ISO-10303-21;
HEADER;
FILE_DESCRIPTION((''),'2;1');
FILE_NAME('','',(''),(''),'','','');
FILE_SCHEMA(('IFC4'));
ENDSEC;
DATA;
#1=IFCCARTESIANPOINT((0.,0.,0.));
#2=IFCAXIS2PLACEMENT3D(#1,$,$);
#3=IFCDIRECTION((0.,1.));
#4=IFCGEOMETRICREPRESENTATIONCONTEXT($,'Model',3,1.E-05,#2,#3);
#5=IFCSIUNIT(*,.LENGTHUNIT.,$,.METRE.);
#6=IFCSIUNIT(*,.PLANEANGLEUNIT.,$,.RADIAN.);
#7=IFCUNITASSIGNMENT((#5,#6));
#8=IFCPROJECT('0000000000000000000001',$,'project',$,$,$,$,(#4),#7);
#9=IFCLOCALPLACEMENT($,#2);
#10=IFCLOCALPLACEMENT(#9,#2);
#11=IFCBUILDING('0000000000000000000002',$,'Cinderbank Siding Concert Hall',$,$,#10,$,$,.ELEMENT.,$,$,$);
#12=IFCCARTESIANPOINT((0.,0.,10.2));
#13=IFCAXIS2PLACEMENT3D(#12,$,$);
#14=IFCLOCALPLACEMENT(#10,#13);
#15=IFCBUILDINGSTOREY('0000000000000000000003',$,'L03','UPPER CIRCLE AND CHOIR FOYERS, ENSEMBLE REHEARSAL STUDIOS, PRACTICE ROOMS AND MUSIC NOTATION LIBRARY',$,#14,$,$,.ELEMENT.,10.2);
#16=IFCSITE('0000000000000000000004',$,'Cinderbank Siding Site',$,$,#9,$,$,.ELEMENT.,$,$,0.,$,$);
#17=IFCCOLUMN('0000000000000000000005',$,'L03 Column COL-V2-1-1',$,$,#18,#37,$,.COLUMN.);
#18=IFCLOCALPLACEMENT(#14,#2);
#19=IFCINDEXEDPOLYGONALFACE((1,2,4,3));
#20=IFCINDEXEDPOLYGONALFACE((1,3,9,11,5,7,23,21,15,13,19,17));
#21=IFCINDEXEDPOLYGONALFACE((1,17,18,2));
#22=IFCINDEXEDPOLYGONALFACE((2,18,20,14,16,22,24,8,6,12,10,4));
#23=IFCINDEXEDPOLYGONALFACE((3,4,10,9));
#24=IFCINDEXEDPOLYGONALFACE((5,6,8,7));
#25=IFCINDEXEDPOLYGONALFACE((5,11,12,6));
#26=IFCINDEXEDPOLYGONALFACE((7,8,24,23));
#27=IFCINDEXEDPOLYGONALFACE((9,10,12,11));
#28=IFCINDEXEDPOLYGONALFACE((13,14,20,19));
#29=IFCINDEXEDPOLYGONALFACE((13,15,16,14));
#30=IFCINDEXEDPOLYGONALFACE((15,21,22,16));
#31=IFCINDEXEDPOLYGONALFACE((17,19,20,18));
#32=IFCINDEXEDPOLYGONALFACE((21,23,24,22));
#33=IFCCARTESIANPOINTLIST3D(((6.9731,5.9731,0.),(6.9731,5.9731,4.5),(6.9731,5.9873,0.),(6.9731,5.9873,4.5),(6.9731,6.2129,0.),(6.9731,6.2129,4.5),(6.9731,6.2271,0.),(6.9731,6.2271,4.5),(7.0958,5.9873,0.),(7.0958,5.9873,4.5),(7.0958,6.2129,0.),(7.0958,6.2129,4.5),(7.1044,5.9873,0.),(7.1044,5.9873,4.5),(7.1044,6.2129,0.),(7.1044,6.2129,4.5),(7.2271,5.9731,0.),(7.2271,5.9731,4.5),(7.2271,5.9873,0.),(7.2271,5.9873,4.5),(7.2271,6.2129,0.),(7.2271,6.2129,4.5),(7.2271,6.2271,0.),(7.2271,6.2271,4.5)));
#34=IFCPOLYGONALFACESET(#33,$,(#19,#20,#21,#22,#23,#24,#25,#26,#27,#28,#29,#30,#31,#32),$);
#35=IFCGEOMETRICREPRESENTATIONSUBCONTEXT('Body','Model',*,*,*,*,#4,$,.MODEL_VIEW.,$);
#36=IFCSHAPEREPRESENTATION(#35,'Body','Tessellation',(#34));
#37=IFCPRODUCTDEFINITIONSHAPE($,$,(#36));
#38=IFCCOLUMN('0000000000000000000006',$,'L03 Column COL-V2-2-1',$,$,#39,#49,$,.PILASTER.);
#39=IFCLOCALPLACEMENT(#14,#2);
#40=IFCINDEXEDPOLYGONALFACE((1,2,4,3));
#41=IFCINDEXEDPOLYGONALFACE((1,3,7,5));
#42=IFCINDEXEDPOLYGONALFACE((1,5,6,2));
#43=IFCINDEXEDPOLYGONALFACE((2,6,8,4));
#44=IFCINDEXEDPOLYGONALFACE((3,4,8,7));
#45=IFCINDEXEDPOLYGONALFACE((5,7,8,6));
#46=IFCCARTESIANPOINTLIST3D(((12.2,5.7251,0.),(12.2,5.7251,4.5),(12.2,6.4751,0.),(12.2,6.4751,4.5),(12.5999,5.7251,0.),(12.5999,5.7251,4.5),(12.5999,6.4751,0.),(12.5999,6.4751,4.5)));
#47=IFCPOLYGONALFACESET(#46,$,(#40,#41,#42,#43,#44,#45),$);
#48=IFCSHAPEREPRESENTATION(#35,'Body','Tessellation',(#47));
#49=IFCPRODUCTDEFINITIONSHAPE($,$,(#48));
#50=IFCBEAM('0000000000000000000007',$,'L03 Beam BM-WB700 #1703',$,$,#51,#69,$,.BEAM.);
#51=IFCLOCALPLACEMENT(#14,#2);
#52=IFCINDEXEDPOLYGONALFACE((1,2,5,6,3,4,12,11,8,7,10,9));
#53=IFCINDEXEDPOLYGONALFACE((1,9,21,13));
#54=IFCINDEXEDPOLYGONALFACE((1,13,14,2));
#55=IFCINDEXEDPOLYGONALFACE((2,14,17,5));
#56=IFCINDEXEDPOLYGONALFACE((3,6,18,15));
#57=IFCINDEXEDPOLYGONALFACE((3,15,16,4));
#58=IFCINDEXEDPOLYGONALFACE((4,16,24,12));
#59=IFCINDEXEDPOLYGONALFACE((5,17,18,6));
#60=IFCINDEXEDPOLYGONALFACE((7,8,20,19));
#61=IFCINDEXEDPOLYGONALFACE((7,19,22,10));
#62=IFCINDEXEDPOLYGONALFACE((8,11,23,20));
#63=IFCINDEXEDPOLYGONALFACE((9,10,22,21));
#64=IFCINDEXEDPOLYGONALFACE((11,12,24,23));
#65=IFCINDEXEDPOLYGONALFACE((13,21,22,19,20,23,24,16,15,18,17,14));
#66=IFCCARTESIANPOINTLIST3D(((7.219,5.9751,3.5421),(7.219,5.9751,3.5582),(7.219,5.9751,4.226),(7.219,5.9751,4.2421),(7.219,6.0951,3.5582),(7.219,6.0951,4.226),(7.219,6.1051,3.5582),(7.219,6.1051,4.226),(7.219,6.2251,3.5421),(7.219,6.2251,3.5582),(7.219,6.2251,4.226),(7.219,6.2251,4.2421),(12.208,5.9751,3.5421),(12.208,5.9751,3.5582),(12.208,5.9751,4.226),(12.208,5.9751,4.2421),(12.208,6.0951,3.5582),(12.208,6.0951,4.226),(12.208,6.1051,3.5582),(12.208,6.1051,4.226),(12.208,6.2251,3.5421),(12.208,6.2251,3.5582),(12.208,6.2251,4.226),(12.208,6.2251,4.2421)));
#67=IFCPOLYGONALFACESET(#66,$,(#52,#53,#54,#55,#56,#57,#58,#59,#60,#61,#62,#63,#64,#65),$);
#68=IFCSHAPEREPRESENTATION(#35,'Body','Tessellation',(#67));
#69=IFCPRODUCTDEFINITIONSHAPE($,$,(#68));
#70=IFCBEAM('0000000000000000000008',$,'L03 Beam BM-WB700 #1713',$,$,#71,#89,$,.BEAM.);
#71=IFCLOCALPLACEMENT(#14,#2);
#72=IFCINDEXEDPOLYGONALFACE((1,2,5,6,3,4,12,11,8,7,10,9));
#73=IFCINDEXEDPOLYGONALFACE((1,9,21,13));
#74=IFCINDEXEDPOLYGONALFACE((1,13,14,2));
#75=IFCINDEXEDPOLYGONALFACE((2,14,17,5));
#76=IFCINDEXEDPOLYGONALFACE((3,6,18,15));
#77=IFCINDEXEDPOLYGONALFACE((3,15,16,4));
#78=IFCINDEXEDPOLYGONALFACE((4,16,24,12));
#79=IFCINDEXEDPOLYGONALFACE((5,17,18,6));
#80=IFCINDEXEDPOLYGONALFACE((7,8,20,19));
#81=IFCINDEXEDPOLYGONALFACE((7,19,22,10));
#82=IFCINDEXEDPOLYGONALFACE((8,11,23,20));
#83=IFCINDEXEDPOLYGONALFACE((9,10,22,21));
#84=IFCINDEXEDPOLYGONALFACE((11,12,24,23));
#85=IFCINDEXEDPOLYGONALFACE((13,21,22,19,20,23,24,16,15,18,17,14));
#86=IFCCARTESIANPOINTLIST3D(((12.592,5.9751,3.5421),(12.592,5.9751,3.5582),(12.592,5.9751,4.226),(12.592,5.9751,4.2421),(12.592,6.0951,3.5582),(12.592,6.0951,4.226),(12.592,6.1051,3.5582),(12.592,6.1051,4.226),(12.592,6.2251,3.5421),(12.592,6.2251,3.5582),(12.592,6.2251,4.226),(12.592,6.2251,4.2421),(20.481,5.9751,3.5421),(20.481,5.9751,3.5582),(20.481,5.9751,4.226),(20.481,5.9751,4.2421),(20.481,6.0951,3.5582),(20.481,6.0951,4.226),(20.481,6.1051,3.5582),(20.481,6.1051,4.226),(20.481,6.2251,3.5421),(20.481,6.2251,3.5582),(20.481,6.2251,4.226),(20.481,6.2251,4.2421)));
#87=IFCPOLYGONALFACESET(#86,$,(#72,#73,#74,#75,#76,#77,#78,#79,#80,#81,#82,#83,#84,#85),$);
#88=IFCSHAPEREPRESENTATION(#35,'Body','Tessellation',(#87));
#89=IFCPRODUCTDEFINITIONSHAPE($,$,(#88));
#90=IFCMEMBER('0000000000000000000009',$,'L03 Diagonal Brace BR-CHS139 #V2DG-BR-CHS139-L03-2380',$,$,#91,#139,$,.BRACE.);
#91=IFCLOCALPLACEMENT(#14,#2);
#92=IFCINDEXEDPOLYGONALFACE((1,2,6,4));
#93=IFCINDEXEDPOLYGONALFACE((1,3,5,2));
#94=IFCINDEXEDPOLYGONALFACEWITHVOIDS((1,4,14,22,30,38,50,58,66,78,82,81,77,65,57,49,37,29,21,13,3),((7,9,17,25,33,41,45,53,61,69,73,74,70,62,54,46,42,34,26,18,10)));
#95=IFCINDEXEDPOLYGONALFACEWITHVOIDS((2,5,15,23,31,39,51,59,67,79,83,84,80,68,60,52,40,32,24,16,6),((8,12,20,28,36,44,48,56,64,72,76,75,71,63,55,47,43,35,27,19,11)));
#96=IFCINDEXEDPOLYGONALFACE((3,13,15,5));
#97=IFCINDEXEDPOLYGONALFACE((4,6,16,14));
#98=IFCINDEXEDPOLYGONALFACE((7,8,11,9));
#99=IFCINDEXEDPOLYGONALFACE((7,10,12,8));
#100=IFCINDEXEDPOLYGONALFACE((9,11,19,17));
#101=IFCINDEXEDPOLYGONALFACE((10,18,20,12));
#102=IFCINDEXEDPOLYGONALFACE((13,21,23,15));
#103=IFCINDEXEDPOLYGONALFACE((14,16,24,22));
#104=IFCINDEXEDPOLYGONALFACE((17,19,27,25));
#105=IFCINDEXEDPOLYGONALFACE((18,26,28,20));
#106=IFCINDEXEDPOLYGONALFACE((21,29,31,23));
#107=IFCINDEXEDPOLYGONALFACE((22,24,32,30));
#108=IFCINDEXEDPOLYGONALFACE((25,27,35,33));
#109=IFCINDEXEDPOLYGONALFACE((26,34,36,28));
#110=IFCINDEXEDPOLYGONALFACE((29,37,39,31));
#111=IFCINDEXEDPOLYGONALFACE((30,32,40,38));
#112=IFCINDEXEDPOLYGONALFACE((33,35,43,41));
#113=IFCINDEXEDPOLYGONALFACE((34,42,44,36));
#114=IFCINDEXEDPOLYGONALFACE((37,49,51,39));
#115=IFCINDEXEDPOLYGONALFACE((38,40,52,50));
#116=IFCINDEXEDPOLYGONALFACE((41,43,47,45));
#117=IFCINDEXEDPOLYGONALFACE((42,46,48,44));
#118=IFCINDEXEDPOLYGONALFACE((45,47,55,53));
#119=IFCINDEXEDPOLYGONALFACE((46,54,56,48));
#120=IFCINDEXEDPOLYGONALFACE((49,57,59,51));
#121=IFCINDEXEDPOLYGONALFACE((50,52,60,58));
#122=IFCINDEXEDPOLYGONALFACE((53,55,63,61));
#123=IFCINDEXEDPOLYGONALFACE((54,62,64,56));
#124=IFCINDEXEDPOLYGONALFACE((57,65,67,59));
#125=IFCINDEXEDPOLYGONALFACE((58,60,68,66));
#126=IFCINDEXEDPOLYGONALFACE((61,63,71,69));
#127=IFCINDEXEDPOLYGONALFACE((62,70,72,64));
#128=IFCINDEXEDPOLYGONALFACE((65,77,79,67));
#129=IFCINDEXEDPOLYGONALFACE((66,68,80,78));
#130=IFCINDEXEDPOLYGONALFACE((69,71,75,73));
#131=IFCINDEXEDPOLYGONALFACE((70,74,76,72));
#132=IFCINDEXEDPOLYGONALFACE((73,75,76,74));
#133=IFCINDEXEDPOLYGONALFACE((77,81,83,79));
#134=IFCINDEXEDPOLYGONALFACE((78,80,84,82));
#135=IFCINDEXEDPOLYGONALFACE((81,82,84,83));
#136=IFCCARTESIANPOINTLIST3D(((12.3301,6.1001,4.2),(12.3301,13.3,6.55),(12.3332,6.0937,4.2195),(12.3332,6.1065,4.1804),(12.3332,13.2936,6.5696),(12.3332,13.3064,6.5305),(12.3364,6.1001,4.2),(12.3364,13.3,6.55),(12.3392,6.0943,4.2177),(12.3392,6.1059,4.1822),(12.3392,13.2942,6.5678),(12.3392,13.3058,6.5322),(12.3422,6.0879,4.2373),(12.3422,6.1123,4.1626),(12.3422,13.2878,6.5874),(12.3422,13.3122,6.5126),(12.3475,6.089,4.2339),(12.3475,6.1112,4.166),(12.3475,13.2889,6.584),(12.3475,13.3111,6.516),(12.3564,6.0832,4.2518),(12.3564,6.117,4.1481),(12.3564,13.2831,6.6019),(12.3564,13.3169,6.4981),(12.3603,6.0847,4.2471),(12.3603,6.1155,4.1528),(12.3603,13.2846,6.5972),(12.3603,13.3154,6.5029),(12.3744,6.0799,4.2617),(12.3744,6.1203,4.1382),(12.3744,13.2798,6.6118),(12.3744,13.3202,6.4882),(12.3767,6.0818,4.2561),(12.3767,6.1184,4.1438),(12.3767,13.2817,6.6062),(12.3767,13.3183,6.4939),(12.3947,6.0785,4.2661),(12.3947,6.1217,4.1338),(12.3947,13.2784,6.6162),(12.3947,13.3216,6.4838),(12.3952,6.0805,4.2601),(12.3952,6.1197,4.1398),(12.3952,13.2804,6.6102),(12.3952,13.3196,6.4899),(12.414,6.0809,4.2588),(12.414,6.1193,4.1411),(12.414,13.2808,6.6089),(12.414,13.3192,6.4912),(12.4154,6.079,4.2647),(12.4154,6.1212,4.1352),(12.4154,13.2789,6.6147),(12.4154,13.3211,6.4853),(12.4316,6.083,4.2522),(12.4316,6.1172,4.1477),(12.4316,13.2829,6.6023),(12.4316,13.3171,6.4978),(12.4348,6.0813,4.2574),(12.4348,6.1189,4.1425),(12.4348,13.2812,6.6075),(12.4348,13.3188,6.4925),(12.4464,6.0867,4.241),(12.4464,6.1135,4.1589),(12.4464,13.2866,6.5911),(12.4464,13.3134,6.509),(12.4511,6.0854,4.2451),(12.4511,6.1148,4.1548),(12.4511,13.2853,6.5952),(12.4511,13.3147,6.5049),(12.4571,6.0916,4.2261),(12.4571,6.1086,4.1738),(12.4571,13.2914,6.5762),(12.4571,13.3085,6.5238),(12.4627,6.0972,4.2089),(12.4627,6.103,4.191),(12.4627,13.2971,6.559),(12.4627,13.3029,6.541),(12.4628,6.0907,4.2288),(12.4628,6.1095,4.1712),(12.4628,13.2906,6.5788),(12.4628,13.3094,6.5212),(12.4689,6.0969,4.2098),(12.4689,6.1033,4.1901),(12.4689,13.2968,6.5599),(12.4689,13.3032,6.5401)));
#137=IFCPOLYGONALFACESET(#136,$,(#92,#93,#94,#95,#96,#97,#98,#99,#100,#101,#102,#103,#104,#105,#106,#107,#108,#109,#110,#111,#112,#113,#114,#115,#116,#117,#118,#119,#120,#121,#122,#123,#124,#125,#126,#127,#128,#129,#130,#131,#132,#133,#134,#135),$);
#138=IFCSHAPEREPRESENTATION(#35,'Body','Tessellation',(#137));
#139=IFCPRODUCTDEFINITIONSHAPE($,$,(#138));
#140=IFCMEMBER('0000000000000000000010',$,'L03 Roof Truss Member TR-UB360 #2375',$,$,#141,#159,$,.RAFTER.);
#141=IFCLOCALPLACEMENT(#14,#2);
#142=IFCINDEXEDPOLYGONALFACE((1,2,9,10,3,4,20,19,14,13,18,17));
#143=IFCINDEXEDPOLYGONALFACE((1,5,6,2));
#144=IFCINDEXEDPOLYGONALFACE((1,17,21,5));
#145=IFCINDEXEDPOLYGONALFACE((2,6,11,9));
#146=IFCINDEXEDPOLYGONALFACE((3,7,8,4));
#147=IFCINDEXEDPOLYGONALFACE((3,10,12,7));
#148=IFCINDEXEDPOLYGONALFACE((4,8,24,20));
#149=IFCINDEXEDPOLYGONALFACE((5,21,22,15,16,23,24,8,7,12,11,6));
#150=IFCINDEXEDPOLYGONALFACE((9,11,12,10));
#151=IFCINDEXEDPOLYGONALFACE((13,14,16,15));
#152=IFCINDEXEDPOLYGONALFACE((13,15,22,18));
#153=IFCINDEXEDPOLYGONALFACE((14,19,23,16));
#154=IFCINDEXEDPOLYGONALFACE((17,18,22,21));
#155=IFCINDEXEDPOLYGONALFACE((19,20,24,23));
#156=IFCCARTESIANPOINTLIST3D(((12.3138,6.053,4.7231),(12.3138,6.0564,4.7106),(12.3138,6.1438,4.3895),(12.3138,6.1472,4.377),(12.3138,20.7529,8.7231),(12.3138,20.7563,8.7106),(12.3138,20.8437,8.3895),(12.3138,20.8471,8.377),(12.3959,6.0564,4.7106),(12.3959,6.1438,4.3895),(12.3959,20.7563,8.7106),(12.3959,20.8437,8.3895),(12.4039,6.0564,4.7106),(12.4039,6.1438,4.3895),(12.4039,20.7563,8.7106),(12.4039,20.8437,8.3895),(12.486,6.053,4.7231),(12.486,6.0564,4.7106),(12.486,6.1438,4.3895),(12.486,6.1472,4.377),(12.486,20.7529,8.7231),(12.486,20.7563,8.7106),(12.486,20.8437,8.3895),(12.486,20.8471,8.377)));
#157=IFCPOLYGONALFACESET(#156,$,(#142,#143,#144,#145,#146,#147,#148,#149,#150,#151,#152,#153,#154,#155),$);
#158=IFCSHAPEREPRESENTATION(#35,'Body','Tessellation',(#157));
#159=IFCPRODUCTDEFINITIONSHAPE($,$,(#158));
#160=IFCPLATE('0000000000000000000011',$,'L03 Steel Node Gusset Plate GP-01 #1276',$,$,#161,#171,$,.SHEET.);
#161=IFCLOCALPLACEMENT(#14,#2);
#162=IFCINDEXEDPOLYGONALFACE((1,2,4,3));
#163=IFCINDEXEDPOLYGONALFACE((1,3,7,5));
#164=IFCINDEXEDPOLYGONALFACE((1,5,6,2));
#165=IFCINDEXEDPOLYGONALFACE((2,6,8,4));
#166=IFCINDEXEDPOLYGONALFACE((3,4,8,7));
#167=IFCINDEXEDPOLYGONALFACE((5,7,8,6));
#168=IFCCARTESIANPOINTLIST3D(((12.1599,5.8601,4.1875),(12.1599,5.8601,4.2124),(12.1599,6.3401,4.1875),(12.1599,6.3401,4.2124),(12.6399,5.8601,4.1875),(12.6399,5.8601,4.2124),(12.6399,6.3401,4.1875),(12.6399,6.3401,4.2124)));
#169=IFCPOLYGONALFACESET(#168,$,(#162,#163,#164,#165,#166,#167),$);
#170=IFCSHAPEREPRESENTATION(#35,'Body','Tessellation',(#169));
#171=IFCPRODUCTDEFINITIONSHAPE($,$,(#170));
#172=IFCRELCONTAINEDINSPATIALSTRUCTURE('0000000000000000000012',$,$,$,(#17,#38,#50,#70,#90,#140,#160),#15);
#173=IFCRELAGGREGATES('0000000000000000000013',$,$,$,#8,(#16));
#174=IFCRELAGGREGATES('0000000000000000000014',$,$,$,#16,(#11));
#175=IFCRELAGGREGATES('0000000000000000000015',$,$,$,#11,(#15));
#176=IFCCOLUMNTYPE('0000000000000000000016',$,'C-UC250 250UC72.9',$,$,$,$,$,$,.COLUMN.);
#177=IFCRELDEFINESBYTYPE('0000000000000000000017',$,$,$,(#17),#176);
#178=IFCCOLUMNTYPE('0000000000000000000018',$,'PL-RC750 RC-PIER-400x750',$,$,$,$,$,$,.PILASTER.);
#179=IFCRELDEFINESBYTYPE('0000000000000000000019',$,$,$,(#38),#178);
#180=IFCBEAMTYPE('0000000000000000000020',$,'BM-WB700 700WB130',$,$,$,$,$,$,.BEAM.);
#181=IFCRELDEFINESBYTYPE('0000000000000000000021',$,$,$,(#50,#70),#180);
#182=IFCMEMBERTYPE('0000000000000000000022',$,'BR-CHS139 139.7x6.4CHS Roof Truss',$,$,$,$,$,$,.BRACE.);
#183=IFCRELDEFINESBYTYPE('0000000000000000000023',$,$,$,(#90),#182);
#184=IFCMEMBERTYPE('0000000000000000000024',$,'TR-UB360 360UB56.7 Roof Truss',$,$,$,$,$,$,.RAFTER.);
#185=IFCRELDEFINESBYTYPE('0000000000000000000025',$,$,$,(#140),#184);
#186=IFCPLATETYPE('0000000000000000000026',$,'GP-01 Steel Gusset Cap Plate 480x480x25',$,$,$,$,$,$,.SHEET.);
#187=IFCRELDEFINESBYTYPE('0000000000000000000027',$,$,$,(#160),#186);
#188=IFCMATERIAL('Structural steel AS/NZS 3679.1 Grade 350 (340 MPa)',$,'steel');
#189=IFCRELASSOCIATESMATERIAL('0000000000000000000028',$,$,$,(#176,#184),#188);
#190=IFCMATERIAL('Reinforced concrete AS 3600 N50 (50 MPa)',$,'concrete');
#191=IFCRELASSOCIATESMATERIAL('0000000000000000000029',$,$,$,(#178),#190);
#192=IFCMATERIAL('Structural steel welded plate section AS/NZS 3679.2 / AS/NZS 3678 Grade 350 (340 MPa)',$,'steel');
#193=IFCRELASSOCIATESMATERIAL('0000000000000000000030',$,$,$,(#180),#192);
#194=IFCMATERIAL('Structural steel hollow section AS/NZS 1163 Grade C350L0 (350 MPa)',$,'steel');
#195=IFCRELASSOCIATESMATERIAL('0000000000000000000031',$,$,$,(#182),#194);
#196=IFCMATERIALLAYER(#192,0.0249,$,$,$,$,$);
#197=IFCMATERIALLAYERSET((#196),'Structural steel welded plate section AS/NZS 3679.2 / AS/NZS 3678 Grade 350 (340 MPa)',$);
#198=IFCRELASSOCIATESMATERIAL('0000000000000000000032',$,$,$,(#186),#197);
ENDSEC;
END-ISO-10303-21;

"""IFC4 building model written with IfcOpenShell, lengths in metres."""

from ifc_helpers import new_model, si_unit, direction, frame, origin, origin_2d, place, context, subcontext, project, spatial, rectangle, hollow_circle, i_section, extrude, material, layer, layer_set, material_profile, profile_set, type_object, element, save


model = new_model("IFC4")

# Units and contexts
model_context = context("Model", 3, precision=1e-05, world=origin(), true_north=direction((0.0, 1.0)))
body_context = subcontext(model_context, "Body", "Model", "MODEL_VIEW")
ifc_project = project(units=[si_unit("LENGTHUNIT", "METRE"), si_unit("PLANEANGLEUNIT", "RADIAN")], contexts=[model_context])

# Site, building, storey
site_placement = place(None, origin())
site = spatial("IfcSite", under=ifc_project, at=site_placement, Name="Cinderbank Siding Site", CompositionType="ELEMENT", RefElevation=0.0)
building_placement = place(site_placement, origin())
building = spatial("IfcBuilding", under=site, at=building_placement, Name="Cinderbank Siding Concert Hall", CompositionType="ELEMENT")
storey_placement = place(building_placement, frame((0.0, 0.0, 10.2)))
storey = spatial("IfcBuildingStorey", under=building, at=storey_placement, Name="L03", Description="UPPER CIRCLE AND CHOIR FOYERS, ENSEMBLE REHEARSAL STUDIOS, PRACTICE ROOMS AND MUSIC NOTATION LIBRARY", CompositionType="ELEMENT", Elevation=10.2)

# Columns
ifc_material_1 = material(Name="Structural steel AS/NZS 3679.1 Grade 350 (340 MPa)", Category="steel")
ifc_material_profile_1 = material_profile(ifc_material_1, i_section(OverallWidth=0.2539, OverallDepth=0.2539, WebThickness=0.0085, FlangeThickness=0.0142, at=origin_2d()), Name="250UC72.9", Category="LoadBearing")
ifc_profile_set_1 = profile_set([ifc_material_profile_1], Name="Structural steel AS/NZS 3679.1 Grade 350 (340 MPa)")
column_type_1 = type_object("IfcColumnType", Name="C-UC250 250UC72.9", PredefinedType="COLUMN", material=ifc_profile_set_1)
column_1_placement = place(storey_placement, frame((7.1001, 6.1001, 0.0), z_axis=(0.0, 0.0, 1.0), x_axis=(1.0, 0.0, 0.0)))
element("IfcColumn", 1, at=column_1_placement, inside=storey, type_object=column_type_1, Name="L03 Column COL-V2-1-1", PredefinedType="COLUMN", context=body_context, shape_type="SweptSolid", body=[
    extrude(i_section(OverallWidth=0.2539, OverallDepth=0.2539, WebThickness=0.0085, FlangeThickness=0.0142, at=origin_2d()), origin(), (0.0, 0.0, 1.0), 4.5),
])
ifc_material_2 = material(Name="Reinforced concrete AS 3600 N50 (50 MPa)", Category="concrete")
ifc_material_profile_2 = material_profile(ifc_material_2, rectangle(XDim=0.3999, YDim=0.75, at=origin_2d()), Name="RC-PIER-400x750", Category="LoadBearing")
ifc_profile_set_2 = profile_set([ifc_material_profile_2], Name="Reinforced concrete AS 3600 N50 (50 MPa)")
column_type_2 = type_object("IfcColumnType", Name="PL-RC750 RC-PIER-400x750", PredefinedType="PILASTER", material=ifc_profile_set_2)
column_2_placement = place(storey_placement, frame((12.3999, 6.1001, 0.0), z_axis=(0.0, 0.0, 1.0), x_axis=(1.0, 0.0, 0.0)))
element("IfcColumn", 2, at=column_2_placement, inside=storey, type_object=column_type_2, Name="L03 Column COL-V2-2-1", PredefinedType="PILASTER", context=body_context, shape_type="SweptSolid", body=[
    extrude(rectangle(XDim=0.3999, YDim=0.75, at=origin_2d()), origin(), (0.0, 0.0, 1.0), 4.5),
])

# Beams
ifc_material_3 = material(Name="Structural steel welded plate section AS/NZS 3679.2 / AS/NZS 3678 Grade 350 (340 MPa)", Category="steel")
ifc_material_profile_3 = material_profile(ifc_material_3, i_section(OverallWidth=0.25, OverallDepth=0.7, WebThickness=0.01, FlangeThickness=0.0161, at=origin_2d()), Name="700WB130", Category="LoadBearing")
ifc_profile_set_3 = profile_set([ifc_material_profile_3], Name="Structural steel welded plate section AS/NZS 3679.2 / AS/NZS 3678 Grade 350 (340 MPa)")
beam_type = type_object("IfcBeamType", Name="BM-WB700 700WB130", PredefinedType="BEAM", material=ifc_profile_set_3)
beam_1_placement = place(storey_placement, frame((7.219, 6.1001, 3.8921), z_axis=(1.0, 0.0, 0.0), x_axis=(0.0, 1.0, 0.0)))
element("IfcBeam", 3, at=beam_1_placement, inside=storey, type_object=beam_type, Name="L03 Beam BM-WB700 #1703", PredefinedType="BEAM", context=body_context, shape_type="SweptSolid", body=[
    extrude(i_section(OverallWidth=0.25, OverallDepth=0.7, WebThickness=0.01, FlangeThickness=0.0161, at=origin_2d()), origin(), (0.0, 0.0, 1.0), 4.989),
])
beam_2_placement = place(storey_placement, frame((12.592, 6.1001, 3.8921), z_axis=(1.0, 0.0, 0.0), x_axis=(0.0, 1.0, 0.0)))
element("IfcBeam", 4, at=beam_2_placement, inside=storey, type_object=beam_type, Name="L03 Beam BM-WB700 #1713", PredefinedType="BEAM", context=body_context, shape_type="SweptSolid", body=[
    extrude(i_section(OverallWidth=0.25, OverallDepth=0.7, WebThickness=0.01, FlangeThickness=0.0161, at=origin_2d()), origin(), (0.0, 0.0, 1.0), 7.8889),
])

# Members
ifc_material_4 = material(Name="Structural steel hollow section AS/NZS 1163 Grade C350L0 (350 MPa)", Category="steel")
ifc_material_profile_4 = material_profile(ifc_material_4, hollow_circle(Radius=0.0698, WallThickness=0.0063, at=origin_2d()), Name="139.7x6.4CHS", Category="LoadBearing")
ifc_profile_set_4 = profile_set([ifc_material_profile_4], Name="Structural steel hollow section AS/NZS 1163 Grade C350L0 (350 MPa)")
member_type_1 = type_object("IfcMemberType", Name="BR-CHS139 139.7x6.4CHS Roof Truss", PredefinedType="BRACE", material=ifc_profile_set_4)
member_1_placement = place(storey_placement, frame((12.3999, 6.1001, 4.2), z_axis=(0.0, 0.950641, 0.310294), x_axis=(-1.0, 0.0, 0.0)))
element("IfcMember", 5, at=member_1_placement, inside=storey, type_object=member_type_1, Name="L03 Diagonal Brace BR-CHS139 #V2DG-BR-CHS139-L03-2380", PredefinedType="BRACE", context=body_context, shape_type="SweptSolid", body=[
    extrude(hollow_circle(Radius=0.0698, WallThickness=0.0063, at=origin_2d()), origin(), (0.0, 0.0, 1.0), 7.5737),
])
ifc_material_profile_5 = material_profile(ifc_material_1, i_section(OverallWidth=0.1721, OverallDepth=0.3586, WebThickness=0.0081, FlangeThickness=0.0129, at=origin_2d()), Name="360UB56.7", Category="LoadBearing")
ifc_profile_set_5 = profile_set([ifc_material_profile_5], Name="Structural steel AS/NZS 3679.1 Grade 350 (340 MPa)")
member_type_2 = type_object("IfcMemberType", Name="TR-UB360 360UB56.7 Roof Truss", PredefinedType="RAFTER", material=ifc_profile_set_5)
member_2_placement = place(storey_placement, frame((12.3999, 6.1001, 4.55), z_axis=(0.0, 0.964915, 0.262563), x_axis=(-1.0, 0.0, 0.0)))
element("IfcMember", 6, at=member_2_placement, inside=storey, type_object=member_type_2, Name="L03 Roof Truss Member TR-UB360 #2375", PredefinedType="RAFTER", context=body_context, shape_type="SweptSolid", body=[
    extrude(i_section(OverallWidth=0.1721, OverallDepth=0.3586, WebThickness=0.0081, FlangeThickness=0.0129, at=origin_2d()), origin(), (0.0, 0.0, 1.0), 15.2344),
])

# Plate
ifc_layer_1 = layer(ifc_material_3, 0.0249)
ifc_layer_set_1 = layer_set([ifc_layer_1], Name="Structural steel welded plate section AS/NZS 3679.2 / AS/NZS 3678 Grade 350 (340 MPa)")
plate_type = type_object("IfcPlateType", Name="GP-01 Steel Gusset Cap Plate 480x480x25", PredefinedType="SHEET", material=ifc_layer_set_1)
plate_placement = place(storey_placement, frame((12.3999, 6.1001, 4.1875), z_axis=(0.0, 0.0, 1.0), x_axis=(0.0, 1.0, 0.0)))
element("IfcPlate", 7, at=plate_placement, inside=storey, type_object=plate_type, Name="L03 Steel Node Gusset Plate GP-01 #1276", PredefinedType="SHEET", context=body_context, shape_type="SweptSolid", body=[
    extrude(rectangle(XDim=0.48, YDim=0.48, at=origin_2d()), origin(), (0.0, 0.0, 1.0), 0.0249),
])

save(model, "model.ifc")
